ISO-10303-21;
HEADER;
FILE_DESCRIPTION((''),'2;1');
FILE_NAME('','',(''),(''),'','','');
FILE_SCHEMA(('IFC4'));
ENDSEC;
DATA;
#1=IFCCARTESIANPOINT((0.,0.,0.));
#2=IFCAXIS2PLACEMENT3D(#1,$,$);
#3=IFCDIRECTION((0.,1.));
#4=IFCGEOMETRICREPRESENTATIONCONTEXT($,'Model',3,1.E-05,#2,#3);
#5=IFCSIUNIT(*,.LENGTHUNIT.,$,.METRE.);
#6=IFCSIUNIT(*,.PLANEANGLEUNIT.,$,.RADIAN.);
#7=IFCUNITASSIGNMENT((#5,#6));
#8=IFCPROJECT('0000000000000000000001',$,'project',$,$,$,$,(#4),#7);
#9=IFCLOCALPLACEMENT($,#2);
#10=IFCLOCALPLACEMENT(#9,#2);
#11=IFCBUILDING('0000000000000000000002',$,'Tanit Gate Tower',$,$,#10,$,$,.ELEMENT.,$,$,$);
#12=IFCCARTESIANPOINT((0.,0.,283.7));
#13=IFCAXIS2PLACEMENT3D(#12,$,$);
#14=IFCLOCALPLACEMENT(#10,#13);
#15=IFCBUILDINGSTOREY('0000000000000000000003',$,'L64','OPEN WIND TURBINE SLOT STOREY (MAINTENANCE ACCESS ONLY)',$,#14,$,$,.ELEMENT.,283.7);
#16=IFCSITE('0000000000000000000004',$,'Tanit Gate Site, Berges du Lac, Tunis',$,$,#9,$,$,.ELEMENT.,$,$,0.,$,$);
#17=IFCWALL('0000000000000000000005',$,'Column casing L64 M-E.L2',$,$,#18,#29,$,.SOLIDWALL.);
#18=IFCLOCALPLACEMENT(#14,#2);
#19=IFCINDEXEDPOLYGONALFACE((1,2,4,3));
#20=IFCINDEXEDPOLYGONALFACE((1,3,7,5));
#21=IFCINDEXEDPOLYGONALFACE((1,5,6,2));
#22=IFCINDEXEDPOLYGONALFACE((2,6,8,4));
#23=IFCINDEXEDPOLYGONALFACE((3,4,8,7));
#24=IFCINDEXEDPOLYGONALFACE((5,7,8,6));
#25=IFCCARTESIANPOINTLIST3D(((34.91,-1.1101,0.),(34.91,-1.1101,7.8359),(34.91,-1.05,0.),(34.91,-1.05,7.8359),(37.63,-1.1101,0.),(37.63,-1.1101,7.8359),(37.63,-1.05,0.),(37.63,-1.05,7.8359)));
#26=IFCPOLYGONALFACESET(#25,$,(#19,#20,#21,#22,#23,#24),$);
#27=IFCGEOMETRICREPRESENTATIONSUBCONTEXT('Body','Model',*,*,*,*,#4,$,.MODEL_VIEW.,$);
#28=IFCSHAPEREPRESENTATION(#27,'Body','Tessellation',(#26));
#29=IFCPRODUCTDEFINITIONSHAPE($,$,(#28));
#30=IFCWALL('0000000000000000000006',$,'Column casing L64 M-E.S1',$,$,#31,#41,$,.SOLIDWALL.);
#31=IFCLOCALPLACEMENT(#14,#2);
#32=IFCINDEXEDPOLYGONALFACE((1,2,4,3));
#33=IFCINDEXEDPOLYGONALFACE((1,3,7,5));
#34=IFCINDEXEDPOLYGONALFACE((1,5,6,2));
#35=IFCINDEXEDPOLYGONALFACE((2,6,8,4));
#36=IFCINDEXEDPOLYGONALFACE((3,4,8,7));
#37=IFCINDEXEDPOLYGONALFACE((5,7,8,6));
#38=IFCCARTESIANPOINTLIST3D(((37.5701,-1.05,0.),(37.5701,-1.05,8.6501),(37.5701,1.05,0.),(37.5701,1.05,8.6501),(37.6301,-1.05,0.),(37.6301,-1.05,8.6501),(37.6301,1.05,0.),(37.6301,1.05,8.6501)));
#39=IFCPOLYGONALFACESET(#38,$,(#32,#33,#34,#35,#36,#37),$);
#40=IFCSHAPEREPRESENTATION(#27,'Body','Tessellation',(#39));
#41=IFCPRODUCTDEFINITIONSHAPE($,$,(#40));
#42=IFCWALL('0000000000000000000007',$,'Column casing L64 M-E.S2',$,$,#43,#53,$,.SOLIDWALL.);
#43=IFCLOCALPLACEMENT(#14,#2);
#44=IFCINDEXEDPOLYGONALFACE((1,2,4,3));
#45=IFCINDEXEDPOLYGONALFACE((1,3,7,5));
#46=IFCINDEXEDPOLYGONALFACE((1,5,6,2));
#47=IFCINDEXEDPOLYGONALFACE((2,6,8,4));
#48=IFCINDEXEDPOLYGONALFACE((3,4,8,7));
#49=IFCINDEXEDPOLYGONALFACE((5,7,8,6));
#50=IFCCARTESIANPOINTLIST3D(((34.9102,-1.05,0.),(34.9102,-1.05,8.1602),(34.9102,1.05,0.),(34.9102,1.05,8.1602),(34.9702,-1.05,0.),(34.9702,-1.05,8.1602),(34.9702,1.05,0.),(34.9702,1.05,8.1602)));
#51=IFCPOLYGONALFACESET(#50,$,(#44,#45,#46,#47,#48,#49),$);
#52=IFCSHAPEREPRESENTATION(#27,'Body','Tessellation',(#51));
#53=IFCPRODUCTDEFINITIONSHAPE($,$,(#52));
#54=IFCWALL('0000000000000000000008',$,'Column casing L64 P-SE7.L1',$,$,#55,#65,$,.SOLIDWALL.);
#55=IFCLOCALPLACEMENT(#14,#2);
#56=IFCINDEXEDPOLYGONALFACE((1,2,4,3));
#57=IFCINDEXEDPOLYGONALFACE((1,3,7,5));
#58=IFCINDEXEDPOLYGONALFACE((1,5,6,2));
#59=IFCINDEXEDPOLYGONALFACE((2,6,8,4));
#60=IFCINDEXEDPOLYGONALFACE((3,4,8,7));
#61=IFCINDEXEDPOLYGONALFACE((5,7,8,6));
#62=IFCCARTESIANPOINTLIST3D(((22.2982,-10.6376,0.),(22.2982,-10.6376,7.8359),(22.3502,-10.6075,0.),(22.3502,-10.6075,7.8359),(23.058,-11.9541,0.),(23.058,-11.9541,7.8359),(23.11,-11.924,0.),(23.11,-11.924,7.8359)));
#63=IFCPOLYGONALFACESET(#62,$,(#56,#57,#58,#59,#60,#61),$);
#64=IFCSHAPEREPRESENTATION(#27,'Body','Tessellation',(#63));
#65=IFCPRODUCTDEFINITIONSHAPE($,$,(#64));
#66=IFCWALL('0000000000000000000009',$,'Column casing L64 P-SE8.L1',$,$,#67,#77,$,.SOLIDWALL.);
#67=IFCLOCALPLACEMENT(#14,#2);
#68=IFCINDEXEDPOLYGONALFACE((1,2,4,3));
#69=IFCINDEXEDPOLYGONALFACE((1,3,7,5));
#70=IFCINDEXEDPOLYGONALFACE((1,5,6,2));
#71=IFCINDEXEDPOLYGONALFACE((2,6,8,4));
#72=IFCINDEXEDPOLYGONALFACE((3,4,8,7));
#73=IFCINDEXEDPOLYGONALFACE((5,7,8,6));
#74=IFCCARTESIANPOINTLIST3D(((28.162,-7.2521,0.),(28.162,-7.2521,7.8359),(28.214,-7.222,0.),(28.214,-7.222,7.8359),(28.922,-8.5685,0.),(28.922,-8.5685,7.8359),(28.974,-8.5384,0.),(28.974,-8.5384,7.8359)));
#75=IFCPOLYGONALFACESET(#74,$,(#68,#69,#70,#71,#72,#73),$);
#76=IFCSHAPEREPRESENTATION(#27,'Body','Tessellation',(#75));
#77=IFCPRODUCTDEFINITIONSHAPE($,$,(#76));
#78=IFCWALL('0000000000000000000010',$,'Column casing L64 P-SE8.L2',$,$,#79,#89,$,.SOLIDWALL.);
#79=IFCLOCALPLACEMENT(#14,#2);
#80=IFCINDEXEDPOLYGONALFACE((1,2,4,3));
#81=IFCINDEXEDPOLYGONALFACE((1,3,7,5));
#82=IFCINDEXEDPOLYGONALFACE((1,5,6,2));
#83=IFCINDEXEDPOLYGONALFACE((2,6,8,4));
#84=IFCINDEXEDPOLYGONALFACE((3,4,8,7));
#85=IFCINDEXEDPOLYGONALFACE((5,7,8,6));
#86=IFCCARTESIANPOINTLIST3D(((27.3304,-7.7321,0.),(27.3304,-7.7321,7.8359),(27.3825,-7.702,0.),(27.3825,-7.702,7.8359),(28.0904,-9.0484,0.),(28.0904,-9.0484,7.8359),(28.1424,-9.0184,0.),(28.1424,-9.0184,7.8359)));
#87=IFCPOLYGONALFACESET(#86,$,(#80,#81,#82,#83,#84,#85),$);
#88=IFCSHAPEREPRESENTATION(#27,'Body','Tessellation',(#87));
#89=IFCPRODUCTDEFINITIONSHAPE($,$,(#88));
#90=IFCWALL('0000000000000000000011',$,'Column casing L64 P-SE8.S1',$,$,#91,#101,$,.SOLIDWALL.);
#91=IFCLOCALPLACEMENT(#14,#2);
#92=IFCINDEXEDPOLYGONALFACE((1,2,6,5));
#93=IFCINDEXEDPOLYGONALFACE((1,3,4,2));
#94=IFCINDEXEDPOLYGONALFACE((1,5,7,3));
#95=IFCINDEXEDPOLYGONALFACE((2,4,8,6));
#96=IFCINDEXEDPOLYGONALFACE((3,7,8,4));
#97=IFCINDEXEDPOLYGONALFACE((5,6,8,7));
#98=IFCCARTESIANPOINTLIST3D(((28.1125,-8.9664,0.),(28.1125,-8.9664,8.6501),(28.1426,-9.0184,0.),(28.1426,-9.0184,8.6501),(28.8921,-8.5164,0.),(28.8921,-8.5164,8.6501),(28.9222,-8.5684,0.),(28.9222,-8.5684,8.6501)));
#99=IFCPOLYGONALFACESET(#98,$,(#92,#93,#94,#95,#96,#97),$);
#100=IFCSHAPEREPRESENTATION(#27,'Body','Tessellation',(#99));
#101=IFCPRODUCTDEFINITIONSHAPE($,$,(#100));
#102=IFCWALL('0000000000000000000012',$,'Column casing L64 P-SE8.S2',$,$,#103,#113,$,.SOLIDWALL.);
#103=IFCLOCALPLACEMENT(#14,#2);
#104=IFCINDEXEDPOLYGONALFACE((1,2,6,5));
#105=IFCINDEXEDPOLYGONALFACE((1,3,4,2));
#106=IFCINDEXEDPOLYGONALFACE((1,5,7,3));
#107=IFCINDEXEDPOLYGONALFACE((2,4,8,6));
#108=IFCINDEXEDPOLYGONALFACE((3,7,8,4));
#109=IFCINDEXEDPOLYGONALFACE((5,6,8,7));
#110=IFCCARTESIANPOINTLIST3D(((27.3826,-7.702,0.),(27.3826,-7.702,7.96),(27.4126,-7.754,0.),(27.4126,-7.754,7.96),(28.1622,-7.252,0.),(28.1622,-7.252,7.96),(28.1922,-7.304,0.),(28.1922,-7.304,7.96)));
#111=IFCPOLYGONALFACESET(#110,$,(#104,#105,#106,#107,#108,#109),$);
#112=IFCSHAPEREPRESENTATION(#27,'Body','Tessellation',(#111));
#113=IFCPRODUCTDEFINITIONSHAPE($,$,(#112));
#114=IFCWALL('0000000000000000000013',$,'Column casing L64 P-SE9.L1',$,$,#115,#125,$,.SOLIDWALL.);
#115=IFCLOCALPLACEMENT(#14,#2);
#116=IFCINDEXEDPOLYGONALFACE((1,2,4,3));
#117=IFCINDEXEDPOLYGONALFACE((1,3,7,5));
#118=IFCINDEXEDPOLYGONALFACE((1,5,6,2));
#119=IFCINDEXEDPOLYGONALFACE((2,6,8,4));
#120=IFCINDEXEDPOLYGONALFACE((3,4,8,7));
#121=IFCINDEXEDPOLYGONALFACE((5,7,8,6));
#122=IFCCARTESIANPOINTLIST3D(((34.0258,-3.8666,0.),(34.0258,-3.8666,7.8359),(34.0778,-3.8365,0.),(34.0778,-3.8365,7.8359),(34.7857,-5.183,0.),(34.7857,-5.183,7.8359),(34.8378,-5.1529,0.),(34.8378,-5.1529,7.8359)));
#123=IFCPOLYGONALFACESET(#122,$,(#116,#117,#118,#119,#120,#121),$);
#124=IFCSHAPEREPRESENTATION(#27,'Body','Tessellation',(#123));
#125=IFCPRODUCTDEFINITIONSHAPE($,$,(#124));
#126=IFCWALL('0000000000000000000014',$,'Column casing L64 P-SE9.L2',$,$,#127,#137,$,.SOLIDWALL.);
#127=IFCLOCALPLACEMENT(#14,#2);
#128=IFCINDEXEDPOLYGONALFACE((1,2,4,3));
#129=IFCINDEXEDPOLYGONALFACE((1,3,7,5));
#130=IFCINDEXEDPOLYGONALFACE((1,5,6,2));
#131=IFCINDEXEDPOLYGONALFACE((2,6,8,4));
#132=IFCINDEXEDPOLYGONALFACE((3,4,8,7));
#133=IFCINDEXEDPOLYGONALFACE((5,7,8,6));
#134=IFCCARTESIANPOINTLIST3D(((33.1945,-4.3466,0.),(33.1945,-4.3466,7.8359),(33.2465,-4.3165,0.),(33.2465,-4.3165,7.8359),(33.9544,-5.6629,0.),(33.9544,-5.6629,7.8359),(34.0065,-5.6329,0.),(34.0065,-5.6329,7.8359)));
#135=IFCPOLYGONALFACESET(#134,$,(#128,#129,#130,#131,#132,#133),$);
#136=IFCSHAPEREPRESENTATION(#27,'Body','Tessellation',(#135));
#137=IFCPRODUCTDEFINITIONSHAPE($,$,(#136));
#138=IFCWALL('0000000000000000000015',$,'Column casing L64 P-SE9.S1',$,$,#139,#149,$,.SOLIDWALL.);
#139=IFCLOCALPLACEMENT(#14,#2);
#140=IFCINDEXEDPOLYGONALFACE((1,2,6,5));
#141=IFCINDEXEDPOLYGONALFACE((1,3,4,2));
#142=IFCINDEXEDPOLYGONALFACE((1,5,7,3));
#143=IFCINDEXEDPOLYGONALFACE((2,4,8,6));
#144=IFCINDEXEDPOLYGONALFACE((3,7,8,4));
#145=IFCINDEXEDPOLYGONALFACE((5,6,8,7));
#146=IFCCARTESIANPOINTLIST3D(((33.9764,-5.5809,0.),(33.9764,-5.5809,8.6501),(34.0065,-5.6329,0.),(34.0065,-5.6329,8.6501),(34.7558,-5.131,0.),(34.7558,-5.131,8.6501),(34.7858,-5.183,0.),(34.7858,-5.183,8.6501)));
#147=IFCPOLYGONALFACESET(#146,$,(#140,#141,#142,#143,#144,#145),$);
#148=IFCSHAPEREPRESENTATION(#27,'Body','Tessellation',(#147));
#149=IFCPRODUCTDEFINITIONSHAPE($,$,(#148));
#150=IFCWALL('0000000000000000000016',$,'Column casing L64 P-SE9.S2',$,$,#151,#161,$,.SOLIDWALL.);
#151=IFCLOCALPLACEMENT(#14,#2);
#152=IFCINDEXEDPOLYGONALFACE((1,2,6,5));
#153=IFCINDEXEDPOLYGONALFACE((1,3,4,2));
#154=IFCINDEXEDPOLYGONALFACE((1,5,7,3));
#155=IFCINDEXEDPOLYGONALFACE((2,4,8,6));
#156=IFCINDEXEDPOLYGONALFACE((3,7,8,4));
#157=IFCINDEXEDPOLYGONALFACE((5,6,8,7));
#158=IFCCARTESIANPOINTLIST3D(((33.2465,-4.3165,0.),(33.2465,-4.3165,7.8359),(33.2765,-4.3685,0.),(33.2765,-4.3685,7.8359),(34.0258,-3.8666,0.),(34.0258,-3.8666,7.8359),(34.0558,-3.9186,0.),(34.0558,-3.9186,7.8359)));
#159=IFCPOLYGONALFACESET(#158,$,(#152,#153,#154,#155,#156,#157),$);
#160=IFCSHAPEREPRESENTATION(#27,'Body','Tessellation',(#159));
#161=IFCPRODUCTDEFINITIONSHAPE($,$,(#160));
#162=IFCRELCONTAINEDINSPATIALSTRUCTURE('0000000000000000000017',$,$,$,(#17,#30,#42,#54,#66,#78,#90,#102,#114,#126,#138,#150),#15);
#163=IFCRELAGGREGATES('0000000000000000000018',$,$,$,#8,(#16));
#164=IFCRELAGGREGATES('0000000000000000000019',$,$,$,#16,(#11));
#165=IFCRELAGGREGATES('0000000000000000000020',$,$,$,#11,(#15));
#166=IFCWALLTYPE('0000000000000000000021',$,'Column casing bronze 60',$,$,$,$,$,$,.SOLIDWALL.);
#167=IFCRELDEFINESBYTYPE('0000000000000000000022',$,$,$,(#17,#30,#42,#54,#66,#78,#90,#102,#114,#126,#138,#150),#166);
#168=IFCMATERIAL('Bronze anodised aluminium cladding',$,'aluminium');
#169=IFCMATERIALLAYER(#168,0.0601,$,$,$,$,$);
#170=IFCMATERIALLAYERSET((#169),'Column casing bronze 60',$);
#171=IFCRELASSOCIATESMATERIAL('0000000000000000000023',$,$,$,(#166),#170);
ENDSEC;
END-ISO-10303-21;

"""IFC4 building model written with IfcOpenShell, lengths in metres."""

from ifc_helpers import new_model, si_unit, direction, frame, frame_2d, origin, place, context, subcontext, project, spatial, rectangle, extrude, material, layer, layer_set, type_object, element, save


model = new_model("IFC4")

# Units and contexts
model_context = context("Model", 3, precision=1e-05, world=origin(), true_north=direction((0.0, 1.0)))
body_context = subcontext(model_context, "Body", "Model", "MODEL_VIEW")
ifc_project = project(units=[si_unit("LENGTHUNIT", "METRE"), si_unit("PLANEANGLEUNIT", "RADIAN")], contexts=[model_context])

# Site, building, storey
site_placement = place(None, origin())
site = spatial("IfcSite", under=ifc_project, at=site_placement, Name="Tanit Gate Site, Berges du Lac, Tunis", CompositionType="ELEMENT", RefElevation=0.0)
building_placement = place(site_placement, origin())
building = spatial("IfcBuilding", under=site, at=building_placement, Name="Tanit Gate Tower", CompositionType="ELEMENT")
storey_placement = place(building_placement, frame((0.0, 0.0, 283.7)))
storey = spatial("IfcBuildingStorey", under=building, at=storey_placement, Name="L64", Description="OPEN WIND TURBINE SLOT STOREY (MAINTENANCE ACCESS ONLY)", CompositionType="ELEMENT", Elevation=283.7)

# Walls
ifc_material_1 = material(Name="Bronze anodised aluminium cladding", Category="aluminium")
ifc_layer = layer(ifc_material_1, 0.0601)
ifc_layer_set = layer_set([ifc_layer], Name="Column casing bronze 60")
wall_type = type_object("IfcWallType", Name="Column casing bronze 60", PredefinedType="SOLIDWALL", material=ifc_layer_set)
wall_1_placement = place(storey_placement, frame((34.9102, -1.0801, 0.0), z_axis=(0.0, 0.0, 1.0), x_axis=(1.0, 0.0, 0.0)))
element("IfcWall", 1, at=wall_1_placement, inside=storey, type_object=wall_type, Name="Column casing L64 M-E.L2", PredefinedType="SOLIDWALL", context=body_context, shape_type="SweptSolid", body=[
    extrude(rectangle(XDim=2.72, YDim=0.0601, at=frame_2d((1.3599, 0.0))), origin(), (0.0, 0.0, 1.0), 7.8359),
])
wall_2_placement = place(storey_placement, frame((37.6001, -1.05, 0.0), z_axis=(0.0, 0.0, 1.0), x_axis=(0.0, 1.0, 0.0)))
element("IfcWall", 2, at=wall_2_placement, inside=storey, type_object=wall_type, Name="Column casing L64 M-E.S1", PredefinedType="SOLIDWALL", context=body_context, shape_type="SweptSolid", body=[
    extrude(rectangle(XDim=2.1001, YDim=0.0601, at=frame_2d((1.05, 0.0))), origin(), (0.0, 0.0, 1.0), 8.6501),
])
wall_3_placement = place(storey_placement, frame((34.9402, -1.05, 0.0), z_axis=(0.0, 0.0, 1.0), x_axis=(0.0, 1.0, 0.0)))
element("IfcWall", 3, at=wall_3_placement, inside=storey, type_object=wall_type, Name="Column casing L64 M-E.S2", PredefinedType="SOLIDWALL", context=body_context, shape_type="SweptSolid", body=[
    extrude(rectangle(XDim=2.1001, YDim=0.0601, at=frame_2d((1.05, 0.0))), origin(), (0.0, 0.0, 1.0), 8.1602),
])
for number, where, z_axis, x_axis, name in (
    (4, (22.3242, -10.6226, 0.0), (0.0, 0.0, 1.0), (0.499871, -0.8661, 0.0), "Column casing L64 P-SE7.L1"),
    (5, (28.188, -7.2371, 0.0), (0.0, 0.0, 1.0), (0.499991, -0.86603, 0.0), "Column casing L64 P-SE8.L1"),
    (6, (27.3564, -7.717, 0.0), (0.0, 0.0, 1.0), (0.499991, -0.86603, 0.0), "Column casing L64 P-SE8.L2"),
):
    element("IfcWall", number, at=place(storey_placement, frame(where, z_axis=z_axis, x_axis=x_axis)), inside=storey, type_object=wall_type, Name=name, PredefinedType="SOLIDWALL", context=body_context, shape_type="SweptSolid", body=[
        extrude(rectangle(XDim=1.52, YDim=0.0601, at=frame_2d((0.76, 0.0))), origin(), (0.0, 0.0, 1.0), 7.8359),
    ])
wall_4_placement = place(storey_placement, frame((28.1274, -8.9924, 0.0), z_axis=(0.0, 0.0, 1.0), x_axis=(0.866082, 0.499902, 0.0)))
element("IfcWall", 7, at=wall_4_placement, inside=storey, type_object=wall_type, Name="Column casing L64 P-SE8.S1", PredefinedType="SOLIDWALL", context=body_context, shape_type="SweptSolid", body=[
    extrude(rectangle(XDim=0.9001, YDim=0.0601, at=frame_2d((0.4502, 0.0))), origin(), (0.0, 0.0, 1.0), 8.6501),
])
wall_5_placement = place(storey_placement, frame((27.3975, -7.728, 0.0), z_axis=(0.0, 0.0, 1.0), x_axis=(0.866082, 0.499902, 0.0)))
element("IfcWall", 8, at=wall_5_placement, inside=storey, type_object=wall_type, Name="Column casing L64 P-SE8.S2", PredefinedType="SOLIDWALL", context=body_context, shape_type="SweptSolid", body=[
    extrude(rectangle(XDim=0.9001, YDim=0.0601, at=frame_2d((0.4502, 0.0))), origin(), (0.0, 0.0, 1.0), 7.96),
])
for number, where, z_axis, x_axis, name in (
    (9, (34.0518, -3.8516, 0.0), (0.0, 0.0, 1.0), (0.499991, -0.86603, 0.0), "Column casing L64 P-SE9.L1"),
    (10, (33.2205, -4.3315, 0.0), (0.0, 0.0, 1.0), (0.499991, -0.86603, 0.0), "Column casing L64 P-SE9.L2"),
):
    element("IfcWall", number, at=place(storey_placement, frame(where, z_axis=z_axis, x_axis=x_axis)), inside=storey, type_object=wall_type, Name=name, PredefinedType="SOLIDWALL", context=body_context, shape_type="SweptSolid", body=[
        extrude(rectangle(XDim=1.52, YDim=0.0601, at=frame_2d((0.76, 0.0))), origin(), (0.0, 0.0, 1.0), 7.8359),
    ])
wall_6_placement = place(storey_placement, frame((33.9915, -5.6069, 0.0), z_axis=(0.0, 0.0, 1.0), x_axis=(0.866014, 0.50002, 0.0)))
element("IfcWall", 11, at=wall_6_placement, inside=storey, type_object=wall_type, Name="Column casing L64 P-SE9.S1", PredefinedType="SOLIDWALL", context=body_context, shape_type="SweptSolid", body=[
    extrude(rectangle(XDim=0.8999, YDim=0.0601, at=frame_2d((0.45, 0.0))), origin(), (0.0, 0.0, 1.0), 8.6501),
])
wall_7_placement = place(storey_placement, frame((33.2615, -4.3425, 0.0), z_axis=(0.0, 0.0, 1.0), x_axis=(0.866014, 0.50002, 0.0)))
element("IfcWall", 12, at=wall_7_placement, inside=storey, type_object=wall_type, Name="Column casing L64 P-SE9.S2", PredefinedType="SOLIDWALL", context=body_context, shape_type="SweptSolid", body=[
    extrude(rectangle(XDim=0.8999, YDim=0.0601, at=frame_2d((0.45, 0.0))), origin(), (0.0, 0.0, 1.0), 7.8359),
])

save(model, "model.ifc")
